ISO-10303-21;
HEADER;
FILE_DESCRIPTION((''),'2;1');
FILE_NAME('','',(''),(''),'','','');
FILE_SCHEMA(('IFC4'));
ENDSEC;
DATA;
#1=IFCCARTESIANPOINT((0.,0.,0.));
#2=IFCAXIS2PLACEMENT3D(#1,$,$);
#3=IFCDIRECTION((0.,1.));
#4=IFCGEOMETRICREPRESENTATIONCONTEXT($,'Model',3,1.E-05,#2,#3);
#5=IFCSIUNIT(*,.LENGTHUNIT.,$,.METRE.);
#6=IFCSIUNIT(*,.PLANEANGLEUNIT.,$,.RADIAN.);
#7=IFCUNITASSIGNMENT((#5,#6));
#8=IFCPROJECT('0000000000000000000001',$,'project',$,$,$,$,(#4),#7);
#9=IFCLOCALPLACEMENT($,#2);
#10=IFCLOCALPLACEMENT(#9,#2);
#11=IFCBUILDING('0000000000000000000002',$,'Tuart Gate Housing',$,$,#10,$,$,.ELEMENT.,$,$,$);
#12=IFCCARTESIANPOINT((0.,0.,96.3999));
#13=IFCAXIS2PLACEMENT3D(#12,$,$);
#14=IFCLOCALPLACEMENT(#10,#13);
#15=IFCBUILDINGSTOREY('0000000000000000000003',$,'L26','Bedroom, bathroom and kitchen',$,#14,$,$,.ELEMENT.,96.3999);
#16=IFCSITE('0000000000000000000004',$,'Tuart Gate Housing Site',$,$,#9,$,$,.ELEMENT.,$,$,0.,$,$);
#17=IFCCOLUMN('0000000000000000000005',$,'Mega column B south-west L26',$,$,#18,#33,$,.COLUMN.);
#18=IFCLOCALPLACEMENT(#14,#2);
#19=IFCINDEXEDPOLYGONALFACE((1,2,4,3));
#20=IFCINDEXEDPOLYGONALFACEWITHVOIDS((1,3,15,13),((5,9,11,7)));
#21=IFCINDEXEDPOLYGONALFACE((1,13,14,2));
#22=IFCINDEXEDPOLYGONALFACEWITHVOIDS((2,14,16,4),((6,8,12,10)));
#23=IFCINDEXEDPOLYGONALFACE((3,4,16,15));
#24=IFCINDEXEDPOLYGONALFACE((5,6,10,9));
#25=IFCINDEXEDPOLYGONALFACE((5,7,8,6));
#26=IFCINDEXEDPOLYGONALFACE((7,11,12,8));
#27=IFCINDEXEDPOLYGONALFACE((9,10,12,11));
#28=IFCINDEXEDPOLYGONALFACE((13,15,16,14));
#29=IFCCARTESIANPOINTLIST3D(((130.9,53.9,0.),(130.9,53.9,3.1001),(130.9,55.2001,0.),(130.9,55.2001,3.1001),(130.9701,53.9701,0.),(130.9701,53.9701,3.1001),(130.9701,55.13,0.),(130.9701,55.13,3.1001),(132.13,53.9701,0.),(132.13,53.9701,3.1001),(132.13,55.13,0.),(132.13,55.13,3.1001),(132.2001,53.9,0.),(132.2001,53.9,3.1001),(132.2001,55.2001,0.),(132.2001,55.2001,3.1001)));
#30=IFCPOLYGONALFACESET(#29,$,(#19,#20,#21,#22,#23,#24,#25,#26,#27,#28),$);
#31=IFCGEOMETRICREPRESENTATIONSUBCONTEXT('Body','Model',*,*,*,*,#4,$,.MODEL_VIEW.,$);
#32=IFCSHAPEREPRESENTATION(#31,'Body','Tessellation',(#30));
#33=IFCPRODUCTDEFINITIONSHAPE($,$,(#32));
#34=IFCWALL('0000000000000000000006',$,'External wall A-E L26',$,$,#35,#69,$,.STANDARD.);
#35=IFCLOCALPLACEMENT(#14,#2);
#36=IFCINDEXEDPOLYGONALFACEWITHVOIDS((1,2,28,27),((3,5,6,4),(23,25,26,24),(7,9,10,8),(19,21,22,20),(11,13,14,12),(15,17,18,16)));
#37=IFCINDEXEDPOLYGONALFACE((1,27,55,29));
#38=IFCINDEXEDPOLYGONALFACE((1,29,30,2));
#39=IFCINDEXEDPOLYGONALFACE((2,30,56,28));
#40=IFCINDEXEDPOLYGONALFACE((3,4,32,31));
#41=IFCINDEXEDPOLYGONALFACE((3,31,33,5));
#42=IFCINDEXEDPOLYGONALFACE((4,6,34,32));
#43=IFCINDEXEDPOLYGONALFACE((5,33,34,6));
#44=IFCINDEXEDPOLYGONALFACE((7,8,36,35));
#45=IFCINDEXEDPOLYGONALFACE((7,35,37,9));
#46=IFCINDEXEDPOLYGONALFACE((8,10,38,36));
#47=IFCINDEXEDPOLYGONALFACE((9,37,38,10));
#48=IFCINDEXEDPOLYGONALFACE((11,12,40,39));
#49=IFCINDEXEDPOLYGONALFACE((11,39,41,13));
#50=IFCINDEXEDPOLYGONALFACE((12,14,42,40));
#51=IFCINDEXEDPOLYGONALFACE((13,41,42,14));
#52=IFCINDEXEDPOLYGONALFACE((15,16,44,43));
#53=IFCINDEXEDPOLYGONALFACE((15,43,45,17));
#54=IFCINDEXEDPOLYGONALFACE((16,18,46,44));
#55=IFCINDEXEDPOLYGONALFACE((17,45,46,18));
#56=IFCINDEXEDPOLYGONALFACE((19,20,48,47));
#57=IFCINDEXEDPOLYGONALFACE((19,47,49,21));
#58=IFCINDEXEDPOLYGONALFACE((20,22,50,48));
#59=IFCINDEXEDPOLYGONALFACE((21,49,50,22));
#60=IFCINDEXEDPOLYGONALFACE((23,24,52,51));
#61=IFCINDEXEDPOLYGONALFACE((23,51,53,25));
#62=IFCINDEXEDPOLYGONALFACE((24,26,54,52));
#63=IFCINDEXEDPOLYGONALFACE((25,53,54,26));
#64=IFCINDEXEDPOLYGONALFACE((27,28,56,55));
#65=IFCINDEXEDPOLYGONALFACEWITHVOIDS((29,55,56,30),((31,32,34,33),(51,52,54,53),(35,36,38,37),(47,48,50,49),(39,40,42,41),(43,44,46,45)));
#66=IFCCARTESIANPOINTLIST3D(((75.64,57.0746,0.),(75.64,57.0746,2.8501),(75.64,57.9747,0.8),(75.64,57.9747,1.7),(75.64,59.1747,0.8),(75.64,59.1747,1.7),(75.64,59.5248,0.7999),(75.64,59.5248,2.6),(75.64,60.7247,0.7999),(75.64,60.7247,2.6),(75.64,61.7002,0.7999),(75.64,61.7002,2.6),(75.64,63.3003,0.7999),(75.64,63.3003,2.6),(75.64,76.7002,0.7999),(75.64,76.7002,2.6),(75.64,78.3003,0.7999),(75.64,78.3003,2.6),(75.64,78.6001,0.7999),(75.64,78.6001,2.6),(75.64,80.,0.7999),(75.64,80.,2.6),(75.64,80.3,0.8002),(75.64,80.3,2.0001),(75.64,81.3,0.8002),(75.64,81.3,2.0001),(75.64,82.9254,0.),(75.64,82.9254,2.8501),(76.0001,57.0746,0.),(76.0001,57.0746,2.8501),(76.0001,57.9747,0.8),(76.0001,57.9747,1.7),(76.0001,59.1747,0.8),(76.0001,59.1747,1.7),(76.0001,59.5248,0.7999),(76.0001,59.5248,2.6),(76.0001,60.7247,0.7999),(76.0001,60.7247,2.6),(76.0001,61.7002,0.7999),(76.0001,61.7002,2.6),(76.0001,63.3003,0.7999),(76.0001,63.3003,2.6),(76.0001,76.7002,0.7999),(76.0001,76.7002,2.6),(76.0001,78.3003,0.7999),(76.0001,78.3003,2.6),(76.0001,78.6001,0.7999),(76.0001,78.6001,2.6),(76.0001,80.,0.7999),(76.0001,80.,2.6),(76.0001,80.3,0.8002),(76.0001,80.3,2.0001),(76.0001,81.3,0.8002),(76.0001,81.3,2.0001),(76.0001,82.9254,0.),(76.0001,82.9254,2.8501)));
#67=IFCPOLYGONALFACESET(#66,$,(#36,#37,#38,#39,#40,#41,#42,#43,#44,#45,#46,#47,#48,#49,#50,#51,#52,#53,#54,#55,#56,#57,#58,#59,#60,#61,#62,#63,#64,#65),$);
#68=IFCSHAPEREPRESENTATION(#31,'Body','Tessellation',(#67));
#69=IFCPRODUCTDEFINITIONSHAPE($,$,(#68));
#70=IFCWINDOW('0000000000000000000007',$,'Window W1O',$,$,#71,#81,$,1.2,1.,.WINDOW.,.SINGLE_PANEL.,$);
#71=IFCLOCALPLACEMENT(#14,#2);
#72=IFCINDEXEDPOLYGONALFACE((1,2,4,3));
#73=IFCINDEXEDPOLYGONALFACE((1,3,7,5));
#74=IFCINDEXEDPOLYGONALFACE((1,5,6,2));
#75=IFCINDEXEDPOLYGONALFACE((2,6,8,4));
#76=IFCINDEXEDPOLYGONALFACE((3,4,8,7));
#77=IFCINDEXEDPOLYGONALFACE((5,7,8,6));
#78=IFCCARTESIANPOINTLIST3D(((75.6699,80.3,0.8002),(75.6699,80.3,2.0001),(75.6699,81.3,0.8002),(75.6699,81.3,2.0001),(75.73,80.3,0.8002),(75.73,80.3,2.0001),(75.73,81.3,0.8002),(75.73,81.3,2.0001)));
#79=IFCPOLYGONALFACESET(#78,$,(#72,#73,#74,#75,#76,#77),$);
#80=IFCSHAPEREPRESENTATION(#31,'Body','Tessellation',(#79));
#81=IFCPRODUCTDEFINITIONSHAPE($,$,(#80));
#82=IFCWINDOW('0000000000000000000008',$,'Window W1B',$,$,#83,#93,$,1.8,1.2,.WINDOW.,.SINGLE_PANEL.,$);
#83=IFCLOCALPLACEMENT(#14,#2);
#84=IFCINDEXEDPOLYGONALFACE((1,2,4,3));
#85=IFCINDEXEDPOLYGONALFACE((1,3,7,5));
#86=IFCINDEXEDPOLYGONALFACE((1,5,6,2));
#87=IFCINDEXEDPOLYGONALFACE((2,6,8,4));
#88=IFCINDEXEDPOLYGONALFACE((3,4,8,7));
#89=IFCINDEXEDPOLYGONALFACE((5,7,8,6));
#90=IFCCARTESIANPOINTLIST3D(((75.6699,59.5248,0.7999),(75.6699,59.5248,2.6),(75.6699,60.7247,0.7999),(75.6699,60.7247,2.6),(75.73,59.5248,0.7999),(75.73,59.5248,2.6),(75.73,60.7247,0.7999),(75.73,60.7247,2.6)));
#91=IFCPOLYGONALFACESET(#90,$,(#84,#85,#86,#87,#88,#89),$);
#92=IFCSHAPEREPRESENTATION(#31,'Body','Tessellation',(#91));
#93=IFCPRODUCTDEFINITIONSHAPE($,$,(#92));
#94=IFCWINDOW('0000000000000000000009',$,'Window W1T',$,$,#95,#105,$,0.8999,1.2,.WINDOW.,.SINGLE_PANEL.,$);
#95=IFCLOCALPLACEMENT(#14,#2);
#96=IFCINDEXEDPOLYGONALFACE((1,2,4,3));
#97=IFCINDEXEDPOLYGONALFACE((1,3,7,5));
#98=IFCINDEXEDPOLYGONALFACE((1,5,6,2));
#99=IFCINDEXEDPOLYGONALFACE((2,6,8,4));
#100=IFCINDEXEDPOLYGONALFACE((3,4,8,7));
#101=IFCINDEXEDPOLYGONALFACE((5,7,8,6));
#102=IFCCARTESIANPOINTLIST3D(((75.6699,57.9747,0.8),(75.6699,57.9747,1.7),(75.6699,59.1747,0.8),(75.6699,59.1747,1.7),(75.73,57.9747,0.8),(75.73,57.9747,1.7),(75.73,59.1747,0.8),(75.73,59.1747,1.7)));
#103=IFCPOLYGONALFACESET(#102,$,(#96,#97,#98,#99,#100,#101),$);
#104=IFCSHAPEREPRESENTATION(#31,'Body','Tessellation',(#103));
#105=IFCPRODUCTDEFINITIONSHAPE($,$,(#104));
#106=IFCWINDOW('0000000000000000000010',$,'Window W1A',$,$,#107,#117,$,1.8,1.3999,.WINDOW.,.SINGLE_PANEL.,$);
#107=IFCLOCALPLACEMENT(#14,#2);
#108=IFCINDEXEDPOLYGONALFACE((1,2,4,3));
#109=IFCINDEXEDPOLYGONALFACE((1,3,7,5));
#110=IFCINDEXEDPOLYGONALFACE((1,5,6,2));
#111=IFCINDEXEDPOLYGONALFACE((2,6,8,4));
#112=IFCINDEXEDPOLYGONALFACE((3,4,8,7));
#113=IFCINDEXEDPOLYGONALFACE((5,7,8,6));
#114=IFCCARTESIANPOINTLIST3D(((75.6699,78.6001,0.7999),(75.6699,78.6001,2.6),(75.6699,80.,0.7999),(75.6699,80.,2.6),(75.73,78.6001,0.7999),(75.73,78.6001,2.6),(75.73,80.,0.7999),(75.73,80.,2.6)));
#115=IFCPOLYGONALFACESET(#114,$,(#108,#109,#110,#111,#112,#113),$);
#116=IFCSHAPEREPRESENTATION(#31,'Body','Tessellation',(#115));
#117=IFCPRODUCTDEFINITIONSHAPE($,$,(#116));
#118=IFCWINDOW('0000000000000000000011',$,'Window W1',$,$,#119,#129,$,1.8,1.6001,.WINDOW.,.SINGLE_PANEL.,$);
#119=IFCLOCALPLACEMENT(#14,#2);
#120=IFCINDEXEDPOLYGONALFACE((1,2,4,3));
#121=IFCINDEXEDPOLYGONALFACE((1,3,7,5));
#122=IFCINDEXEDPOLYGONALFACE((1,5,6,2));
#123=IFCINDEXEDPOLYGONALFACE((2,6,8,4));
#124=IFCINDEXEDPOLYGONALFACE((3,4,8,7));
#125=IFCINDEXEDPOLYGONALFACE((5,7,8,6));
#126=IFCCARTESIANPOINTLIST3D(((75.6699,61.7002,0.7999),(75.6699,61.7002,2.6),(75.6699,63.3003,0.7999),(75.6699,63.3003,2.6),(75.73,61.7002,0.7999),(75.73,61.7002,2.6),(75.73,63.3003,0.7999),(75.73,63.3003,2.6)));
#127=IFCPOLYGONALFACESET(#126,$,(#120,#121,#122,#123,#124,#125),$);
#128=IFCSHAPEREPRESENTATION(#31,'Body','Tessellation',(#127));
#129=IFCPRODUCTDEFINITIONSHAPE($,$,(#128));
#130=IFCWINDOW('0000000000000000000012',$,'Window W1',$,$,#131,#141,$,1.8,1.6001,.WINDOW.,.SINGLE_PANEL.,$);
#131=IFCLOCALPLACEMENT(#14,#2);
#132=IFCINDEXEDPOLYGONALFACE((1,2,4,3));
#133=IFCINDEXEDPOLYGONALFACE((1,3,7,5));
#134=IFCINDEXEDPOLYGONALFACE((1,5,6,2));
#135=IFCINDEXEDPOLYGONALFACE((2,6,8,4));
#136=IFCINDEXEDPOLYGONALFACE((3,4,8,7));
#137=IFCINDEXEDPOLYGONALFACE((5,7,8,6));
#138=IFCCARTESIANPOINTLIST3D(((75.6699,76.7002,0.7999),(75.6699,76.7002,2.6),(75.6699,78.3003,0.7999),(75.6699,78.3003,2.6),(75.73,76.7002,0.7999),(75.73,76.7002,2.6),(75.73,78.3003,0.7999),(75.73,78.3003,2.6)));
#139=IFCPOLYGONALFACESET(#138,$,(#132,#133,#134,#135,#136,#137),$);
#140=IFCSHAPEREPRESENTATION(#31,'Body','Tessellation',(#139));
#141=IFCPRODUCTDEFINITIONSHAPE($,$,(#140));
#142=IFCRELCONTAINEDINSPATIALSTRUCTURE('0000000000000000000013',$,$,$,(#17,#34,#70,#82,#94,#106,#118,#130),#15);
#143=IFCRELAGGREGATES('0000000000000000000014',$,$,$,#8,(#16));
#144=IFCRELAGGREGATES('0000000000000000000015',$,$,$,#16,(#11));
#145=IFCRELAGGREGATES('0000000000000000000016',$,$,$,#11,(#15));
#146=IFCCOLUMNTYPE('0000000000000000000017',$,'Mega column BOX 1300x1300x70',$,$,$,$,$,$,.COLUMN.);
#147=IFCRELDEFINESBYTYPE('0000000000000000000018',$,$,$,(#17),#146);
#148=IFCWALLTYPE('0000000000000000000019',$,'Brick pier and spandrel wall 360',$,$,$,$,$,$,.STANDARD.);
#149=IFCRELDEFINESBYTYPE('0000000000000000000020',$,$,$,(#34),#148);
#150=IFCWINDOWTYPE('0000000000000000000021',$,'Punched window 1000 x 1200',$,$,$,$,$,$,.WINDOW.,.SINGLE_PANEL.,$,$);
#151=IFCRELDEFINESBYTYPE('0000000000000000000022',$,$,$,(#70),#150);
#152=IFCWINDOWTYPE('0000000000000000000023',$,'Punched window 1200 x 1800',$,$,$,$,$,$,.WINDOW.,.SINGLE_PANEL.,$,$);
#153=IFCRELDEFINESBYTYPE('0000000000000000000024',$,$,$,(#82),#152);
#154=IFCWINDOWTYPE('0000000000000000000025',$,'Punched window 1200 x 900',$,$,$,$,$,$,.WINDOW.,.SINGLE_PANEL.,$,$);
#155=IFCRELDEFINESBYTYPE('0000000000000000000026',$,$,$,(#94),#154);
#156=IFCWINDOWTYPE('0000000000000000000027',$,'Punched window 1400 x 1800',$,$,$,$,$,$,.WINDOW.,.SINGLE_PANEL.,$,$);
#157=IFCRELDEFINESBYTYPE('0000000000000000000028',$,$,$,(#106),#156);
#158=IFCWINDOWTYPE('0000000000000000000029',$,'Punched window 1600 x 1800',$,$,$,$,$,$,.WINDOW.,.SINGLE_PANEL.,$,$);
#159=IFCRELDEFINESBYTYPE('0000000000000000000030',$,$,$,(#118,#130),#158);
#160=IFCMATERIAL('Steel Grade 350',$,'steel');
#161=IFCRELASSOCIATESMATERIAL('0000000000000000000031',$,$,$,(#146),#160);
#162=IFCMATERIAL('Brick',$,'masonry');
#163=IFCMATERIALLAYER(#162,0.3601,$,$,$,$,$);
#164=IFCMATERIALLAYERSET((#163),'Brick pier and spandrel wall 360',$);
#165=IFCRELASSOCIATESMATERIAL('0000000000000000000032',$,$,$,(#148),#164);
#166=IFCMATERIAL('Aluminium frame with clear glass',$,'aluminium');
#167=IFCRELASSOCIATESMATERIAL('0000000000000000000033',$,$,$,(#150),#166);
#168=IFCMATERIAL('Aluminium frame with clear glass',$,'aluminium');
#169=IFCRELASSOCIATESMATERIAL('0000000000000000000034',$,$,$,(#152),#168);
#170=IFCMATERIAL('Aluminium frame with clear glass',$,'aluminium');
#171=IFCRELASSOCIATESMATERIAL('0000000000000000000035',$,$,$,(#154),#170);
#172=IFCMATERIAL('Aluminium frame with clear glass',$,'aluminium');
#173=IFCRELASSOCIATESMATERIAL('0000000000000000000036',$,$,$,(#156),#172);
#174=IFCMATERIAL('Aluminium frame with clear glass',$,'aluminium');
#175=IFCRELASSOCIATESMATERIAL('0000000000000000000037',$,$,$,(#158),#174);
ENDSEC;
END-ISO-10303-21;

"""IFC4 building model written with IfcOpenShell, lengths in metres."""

from ifc_helpers import new_model, si_unit, direction, frame, frame_2d, origin, origin_2d, place, context, subcontext, project, spatial, rectangle, hollow_rectangle, extrude, material, layer, layer_set, material_profile, profile_set, type_object, element, fill, save


model = new_model("IFC4")

# Units and contexts
model_context = context("Model", 3, precision=1e-05, world=origin(), true_north=direction((0.0, 1.0)))
body_context = subcontext(model_context, "Body", "Model", "MODEL_VIEW")
ifc_project = project(units=[si_unit("LENGTHUNIT", "METRE"), si_unit("PLANEANGLEUNIT", "RADIAN")], contexts=[model_context])

# Site, building, storey
site_placement = place(None, origin())
site = spatial("IfcSite", under=ifc_project, at=site_placement, Name="Tuart Gate Housing Site", CompositionType="ELEMENT", RefElevation=0.0)
building_placement = place(site_placement, origin())
building = spatial("IfcBuilding", under=site, at=building_placement, Name="Tuart Gate Housing", CompositionType="ELEMENT")
storey_placement = place(building_placement, frame((0.0, 0.0, 96.3999)))
storey = spatial("IfcBuildingStorey", under=building, at=storey_placement, Name="L26", Description="Bedroom, bathroom and kitchen", CompositionType="ELEMENT", Elevation=96.3999)

# Column
ifc_material_1 = material(Name="Steel Grade 350", Category="steel")
ifc_material_profile = material_profile(ifc_material_1, hollow_rectangle(XDim=1.3, YDim=1.3, WallThickness=0.0701, at=origin_2d()), Name="BOX 1300x1300x70")
ifc_profile_set = profile_set([ifc_material_profile], Name="Steel Grade 350")
column_type = type_object("IfcColumnType", Name="Mega column BOX 1300x1300x70", PredefinedType="COLUMN", material=ifc_profile_set)
column_placement = place(storey_placement, frame((131.55, 54.55, 0.0), z_axis=(0.0, 0.0, 1.0), x_axis=(1.0, 0.0, 0.0)))
element("IfcColumn", 1, at=column_placement, inside=storey, type_object=column_type, Name="Mega column B south-west L26", PredefinedType="COLUMN", context=body_context, shape_type="SweptSolid", body=[
    extrude(hollow_rectangle(XDim=1.3, YDim=1.3, WallThickness=0.0701, at=origin_2d()), origin(), (0.0, 0.0, 1.0), 3.1001),
])

# Wall, openings, windows
ifc_material_2 = material(Name="Brick", Category="masonry")
ifc_layer_1 = layer(ifc_material_2, 0.3601)
ifc_layer_set_1 = layer_set([ifc_layer_1], Name="Brick pier and spandrel wall 360")
wall_type_1 = type_object("IfcWallType", Name="Brick pier and spandrel wall 360", PredefinedType="STANDARD", material=ifc_layer_set_1)
wall_1_placement = place(storey_placement, frame((75.8201, 57.0747, 0.0), z_axis=(0.0, 0.0, 1.0), x_axis=(0.0, 1.0, 0.0)))
wall_1 = element("IfcWall", 2, at=wall_1_placement, inside=storey, type_object=wall_type_1, Name="External wall A-E L26", PredefinedType="STANDARD", context=body_context, shape_type="SweptSolid", body=[
    extrude(rectangle(XDim=25.8508, YDim=0.3601, at=frame_2d((12.9253, 0.0))), origin(), (0.0, 0.0, 1.0), 2.8501),
])
opening_1_placement = place(wall_1_placement, frame((0.8999, 0.0, 0.8)))
opening_1 = element("IfcOpeningElement", 3, at=opening_1_placement, cuts=wall_1, PredefinedType="OPENING", context=body_context, shape_type="SweptSolid", body=[
    extrude(rectangle(XDim=1.2, YDim=0.8999, at=frame_2d((0.6001, 0.45))), frame((0.0, 0.1899, 0.0), z_axis=(0.0, -1.0, 0.0), x_axis=(1.0, 0.0, 0.0)), (0.0, 0.0, 1.0), 0.3801),
])
opening_2_placement = place(wall_1_placement, frame((4.6255, 0.0, 0.8)))
opening_2 = element("IfcOpeningElement", 4, at=opening_2_placement, cuts=wall_1, PredefinedType="OPENING", context=body_context, shape_type="SweptSolid", body=[
    extrude(rectangle(XDim=1.6001, YDim=1.8, at=frame_2d((0.8, 0.8999))), frame((0.0, 0.1899, 0.0), z_axis=(0.0, -1.0, 0.0), x_axis=(1.0, 0.0, 0.0)), (0.0, 0.0, 1.0), 0.3801),
])
opening_3_placement = place(wall_1_placement, frame((19.6255, 0.0, 0.8)))
opening_3 = element("IfcOpeningElement", 5, at=opening_3_placement, cuts=wall_1, PredefinedType="OPENING", context=body_context, shape_type="SweptSolid", body=[
    extrude(rectangle(XDim=1.6001, YDim=1.8, at=frame_2d((0.8, 0.8999))), frame((0.0, 0.1899, 0.0), z_axis=(0.0, -1.0, 0.0), x_axis=(1.0, 0.0, 0.0)), (0.0, 0.0, 1.0), 0.3801),
])
opening_4_placement = place(wall_1_placement, frame((21.5254, 0.0, 0.8)))
opening_4 = element("IfcOpeningElement", 6, at=opening_4_placement, cuts=wall_1, PredefinedType="OPENING", context=body_context, shape_type="SweptSolid", body=[
    extrude(rectangle(XDim=1.3999, YDim=1.8, at=frame_2d((0.7, 0.8999))), frame((0.0, 0.1899, 0.0), z_axis=(0.0, -1.0, 0.0), x_axis=(1.0, 0.0, 0.0)), (0.0, 0.0, 1.0), 0.3801),
])
opening_5_placement = place(wall_1_placement, frame((2.45, 0.0, 0.8)))
opening_5 = element("IfcOpeningElement", 7, at=opening_5_placement, cuts=wall_1, PredefinedType="OPENING", context=body_context, shape_type="SweptSolid", body=[
    extrude(rectangle(XDim=1.2, YDim=1.8, at=frame_2d((0.6001, 0.8999))), frame((0.0, 0.1899, 0.0), z_axis=(0.0, -1.0, 0.0), x_axis=(1.0, 0.0, 0.0)), (0.0, 0.0, 1.0), 0.3801),
])
opening_6_placement = place(wall_1_placement, frame((23.2253, 0.0, 0.8)))
opening_6 = element("IfcOpeningElement", 8, at=opening_6_placement, cuts=wall_1, PredefinedType="OPENING", context=body_context, shape_type="SweptSolid", body=[
    extrude(rectangle(XDim=1.0, YDim=1.2, at=frame_2d((0.5, 0.6001))), frame((0.0, 0.1899, 0.0), z_axis=(0.0, -1.0, 0.0), x_axis=(1.0, 0.0, 0.0)), (0.0, 0.0, 1.0), 0.3801),
])
ifc_material_3 = material(Name="Aluminium frame with clear glass", Category="aluminium")
window_type_1 = type_object("IfcWindowType", Name="Punched window 1000 x 1200", PartitioningType="SINGLE_PANEL", PredefinedType="WINDOW", material=ifc_material_3)
window_1_placement = place(opening_6_placement, origin())
window_1 = element("IfcWindow", 9, at=window_1_placement, inside=storey, type_object=window_type_1, Name="Window W1O", OverallHeight=1.2, OverallWidth=1.0, PartitioningType="SINGLE_PANEL", PredefinedType="WINDOW", context=body_context, shape_type="SweptSolid", body=[
    extrude(rectangle(XDim=1.0, YDim=1.2, at=frame_2d((0.5, 0.6001))), frame((0.0, 0.1501, 0.0), z_axis=(0.0, -1.0, 0.0), x_axis=(1.0, 0.0, 0.0)), (0.0, 0.0, 1.0), 0.0601),
])
fill(opening_6, window_1)
ifc_material_4 = material(Name="Aluminium frame with clear glass", Category="aluminium")
window_type_2 = type_object("IfcWindowType", Name="Punched window 1200 x 1800", PartitioningType="SINGLE_PANEL", PredefinedType="WINDOW", material=ifc_material_4)
window_2_placement = place(opening_5_placement, origin())
window_2 = element("IfcWindow", 10, at=window_2_placement, inside=storey, type_object=window_type_2, Name="Window W1B", OverallHeight=1.8, OverallWidth=1.2, PartitioningType="SINGLE_PANEL", PredefinedType="WINDOW", context=body_context, shape_type="SweptSolid", body=[
    extrude(rectangle(XDim=1.2, YDim=1.8, at=frame_2d((0.6001, 0.8999))), frame((0.0, 0.1501, 0.0), z_axis=(0.0, -1.0, 0.0), x_axis=(1.0, 0.0, 0.0)), (0.0, 0.0, 1.0), 0.0601),
])
fill(opening_5, window_2)
ifc_material_5 = material(Name="Aluminium frame with clear glass", Category="aluminium")
window_type_3 = type_object("IfcWindowType", Name="Punched window 1200 x 900", PartitioningType="SINGLE_PANEL", PredefinedType="WINDOW", material=ifc_material_5)
window_3_placement = place(opening_1_placement, origin())
window_3 = element("IfcWindow", 11, at=window_3_placement, inside=storey, type_object=window_type_3, Name="Window W1T", OverallHeight=0.8999, OverallWidth=1.2, PartitioningType="SINGLE_PANEL", PredefinedType="WINDOW", context=body_context, shape_type="SweptSolid", body=[
    extrude(rectangle(XDim=1.2, YDim=0.8999, at=frame_2d((0.6001, 0.45))), frame((0.0, 0.1501, 0.0), z_axis=(0.0, -1.0, 0.0), x_axis=(1.0, 0.0, 0.0)), (0.0, 0.0, 1.0), 0.0601),
])
fill(opening_1, window_3)
ifc_material_6 = material(Name="Aluminium frame with clear glass", Category="aluminium")
window_type_4 = type_object("IfcWindowType", Name="Punched window 1400 x 1800", PartitioningType="SINGLE_PANEL", PredefinedType="WINDOW", material=ifc_material_6)
window_4_placement = place(opening_4_placement, origin())
window_4 = element("IfcWindow", 12, at=window_4_placement, inside=storey, type_object=window_type_4, Name="Window W1A", OverallHeight=1.8, OverallWidth=1.3999, PartitioningType="SINGLE_PANEL", PredefinedType="WINDOW", context=body_context, shape_type="SweptSolid", body=[
    extrude(rectangle(XDim=1.3999, YDim=1.8, at=frame_2d((0.7, 0.8999))), frame((0.0, 0.1501, 0.0), z_axis=(0.0, -1.0, 0.0), x_axis=(1.0, 0.0, 0.0)), (0.0, 0.0, 1.0), 0.0601),
])
fill(opening_4, window_4)
ifc_material_7 = material(Name="Aluminium frame with clear glass", Category="aluminium")
window_type_5 = type_object("IfcWindowType", Name="Punched window 1600 x 1800", PartitioningType="SINGLE_PANEL", PredefinedType="WINDOW", material=ifc_material_7)
window_5_placement = place(opening_2_placement, origin())
window_5 = element("IfcWindow", 13, at=window_5_placement, inside=storey, type_object=window_type_5, Name="Window W1", OverallHeight=1.8, OverallWidth=1.6001, PartitioningType="SINGLE_PANEL", PredefinedType="WINDOW", context=body_context, shape_type="SweptSolid", body=[
    extrude(rectangle(XDim=1.6001, YDim=1.8, at=frame_2d((0.8, 0.8999))), frame((0.0, 0.1501, 0.0), z_axis=(0.0, -1.0, 0.0), x_axis=(1.0, 0.0, 0.0)), (0.0, 0.0, 1.0), 0.0601),
])
fill(opening_2, window_5)
window_6_placement = place(opening_3_placement, origin())
window_6 = element("IfcWindow", 14, at=window_6_placement, inside=storey, type_object=window_type_5, Name="Window W1", OverallHeight=1.8, OverallWidth=1.6001, PartitioningType="SINGLE_PANEL", PredefinedType="WINDOW", context=body_context, shape_type="SweptSolid", body=[
    extrude(rectangle(XDim=1.6001, YDim=1.8, at=frame_2d((0.8, 0.8999))), frame((0.0, 0.1501, 0.0), z_axis=(0.0, -1.0, 0.0), x_axis=(1.0, 0.0, 0.0)), (0.0, 0.0, 1.0), 0.0601),
])
fill(opening_3, window_6)

save(model, "model.ifc")
